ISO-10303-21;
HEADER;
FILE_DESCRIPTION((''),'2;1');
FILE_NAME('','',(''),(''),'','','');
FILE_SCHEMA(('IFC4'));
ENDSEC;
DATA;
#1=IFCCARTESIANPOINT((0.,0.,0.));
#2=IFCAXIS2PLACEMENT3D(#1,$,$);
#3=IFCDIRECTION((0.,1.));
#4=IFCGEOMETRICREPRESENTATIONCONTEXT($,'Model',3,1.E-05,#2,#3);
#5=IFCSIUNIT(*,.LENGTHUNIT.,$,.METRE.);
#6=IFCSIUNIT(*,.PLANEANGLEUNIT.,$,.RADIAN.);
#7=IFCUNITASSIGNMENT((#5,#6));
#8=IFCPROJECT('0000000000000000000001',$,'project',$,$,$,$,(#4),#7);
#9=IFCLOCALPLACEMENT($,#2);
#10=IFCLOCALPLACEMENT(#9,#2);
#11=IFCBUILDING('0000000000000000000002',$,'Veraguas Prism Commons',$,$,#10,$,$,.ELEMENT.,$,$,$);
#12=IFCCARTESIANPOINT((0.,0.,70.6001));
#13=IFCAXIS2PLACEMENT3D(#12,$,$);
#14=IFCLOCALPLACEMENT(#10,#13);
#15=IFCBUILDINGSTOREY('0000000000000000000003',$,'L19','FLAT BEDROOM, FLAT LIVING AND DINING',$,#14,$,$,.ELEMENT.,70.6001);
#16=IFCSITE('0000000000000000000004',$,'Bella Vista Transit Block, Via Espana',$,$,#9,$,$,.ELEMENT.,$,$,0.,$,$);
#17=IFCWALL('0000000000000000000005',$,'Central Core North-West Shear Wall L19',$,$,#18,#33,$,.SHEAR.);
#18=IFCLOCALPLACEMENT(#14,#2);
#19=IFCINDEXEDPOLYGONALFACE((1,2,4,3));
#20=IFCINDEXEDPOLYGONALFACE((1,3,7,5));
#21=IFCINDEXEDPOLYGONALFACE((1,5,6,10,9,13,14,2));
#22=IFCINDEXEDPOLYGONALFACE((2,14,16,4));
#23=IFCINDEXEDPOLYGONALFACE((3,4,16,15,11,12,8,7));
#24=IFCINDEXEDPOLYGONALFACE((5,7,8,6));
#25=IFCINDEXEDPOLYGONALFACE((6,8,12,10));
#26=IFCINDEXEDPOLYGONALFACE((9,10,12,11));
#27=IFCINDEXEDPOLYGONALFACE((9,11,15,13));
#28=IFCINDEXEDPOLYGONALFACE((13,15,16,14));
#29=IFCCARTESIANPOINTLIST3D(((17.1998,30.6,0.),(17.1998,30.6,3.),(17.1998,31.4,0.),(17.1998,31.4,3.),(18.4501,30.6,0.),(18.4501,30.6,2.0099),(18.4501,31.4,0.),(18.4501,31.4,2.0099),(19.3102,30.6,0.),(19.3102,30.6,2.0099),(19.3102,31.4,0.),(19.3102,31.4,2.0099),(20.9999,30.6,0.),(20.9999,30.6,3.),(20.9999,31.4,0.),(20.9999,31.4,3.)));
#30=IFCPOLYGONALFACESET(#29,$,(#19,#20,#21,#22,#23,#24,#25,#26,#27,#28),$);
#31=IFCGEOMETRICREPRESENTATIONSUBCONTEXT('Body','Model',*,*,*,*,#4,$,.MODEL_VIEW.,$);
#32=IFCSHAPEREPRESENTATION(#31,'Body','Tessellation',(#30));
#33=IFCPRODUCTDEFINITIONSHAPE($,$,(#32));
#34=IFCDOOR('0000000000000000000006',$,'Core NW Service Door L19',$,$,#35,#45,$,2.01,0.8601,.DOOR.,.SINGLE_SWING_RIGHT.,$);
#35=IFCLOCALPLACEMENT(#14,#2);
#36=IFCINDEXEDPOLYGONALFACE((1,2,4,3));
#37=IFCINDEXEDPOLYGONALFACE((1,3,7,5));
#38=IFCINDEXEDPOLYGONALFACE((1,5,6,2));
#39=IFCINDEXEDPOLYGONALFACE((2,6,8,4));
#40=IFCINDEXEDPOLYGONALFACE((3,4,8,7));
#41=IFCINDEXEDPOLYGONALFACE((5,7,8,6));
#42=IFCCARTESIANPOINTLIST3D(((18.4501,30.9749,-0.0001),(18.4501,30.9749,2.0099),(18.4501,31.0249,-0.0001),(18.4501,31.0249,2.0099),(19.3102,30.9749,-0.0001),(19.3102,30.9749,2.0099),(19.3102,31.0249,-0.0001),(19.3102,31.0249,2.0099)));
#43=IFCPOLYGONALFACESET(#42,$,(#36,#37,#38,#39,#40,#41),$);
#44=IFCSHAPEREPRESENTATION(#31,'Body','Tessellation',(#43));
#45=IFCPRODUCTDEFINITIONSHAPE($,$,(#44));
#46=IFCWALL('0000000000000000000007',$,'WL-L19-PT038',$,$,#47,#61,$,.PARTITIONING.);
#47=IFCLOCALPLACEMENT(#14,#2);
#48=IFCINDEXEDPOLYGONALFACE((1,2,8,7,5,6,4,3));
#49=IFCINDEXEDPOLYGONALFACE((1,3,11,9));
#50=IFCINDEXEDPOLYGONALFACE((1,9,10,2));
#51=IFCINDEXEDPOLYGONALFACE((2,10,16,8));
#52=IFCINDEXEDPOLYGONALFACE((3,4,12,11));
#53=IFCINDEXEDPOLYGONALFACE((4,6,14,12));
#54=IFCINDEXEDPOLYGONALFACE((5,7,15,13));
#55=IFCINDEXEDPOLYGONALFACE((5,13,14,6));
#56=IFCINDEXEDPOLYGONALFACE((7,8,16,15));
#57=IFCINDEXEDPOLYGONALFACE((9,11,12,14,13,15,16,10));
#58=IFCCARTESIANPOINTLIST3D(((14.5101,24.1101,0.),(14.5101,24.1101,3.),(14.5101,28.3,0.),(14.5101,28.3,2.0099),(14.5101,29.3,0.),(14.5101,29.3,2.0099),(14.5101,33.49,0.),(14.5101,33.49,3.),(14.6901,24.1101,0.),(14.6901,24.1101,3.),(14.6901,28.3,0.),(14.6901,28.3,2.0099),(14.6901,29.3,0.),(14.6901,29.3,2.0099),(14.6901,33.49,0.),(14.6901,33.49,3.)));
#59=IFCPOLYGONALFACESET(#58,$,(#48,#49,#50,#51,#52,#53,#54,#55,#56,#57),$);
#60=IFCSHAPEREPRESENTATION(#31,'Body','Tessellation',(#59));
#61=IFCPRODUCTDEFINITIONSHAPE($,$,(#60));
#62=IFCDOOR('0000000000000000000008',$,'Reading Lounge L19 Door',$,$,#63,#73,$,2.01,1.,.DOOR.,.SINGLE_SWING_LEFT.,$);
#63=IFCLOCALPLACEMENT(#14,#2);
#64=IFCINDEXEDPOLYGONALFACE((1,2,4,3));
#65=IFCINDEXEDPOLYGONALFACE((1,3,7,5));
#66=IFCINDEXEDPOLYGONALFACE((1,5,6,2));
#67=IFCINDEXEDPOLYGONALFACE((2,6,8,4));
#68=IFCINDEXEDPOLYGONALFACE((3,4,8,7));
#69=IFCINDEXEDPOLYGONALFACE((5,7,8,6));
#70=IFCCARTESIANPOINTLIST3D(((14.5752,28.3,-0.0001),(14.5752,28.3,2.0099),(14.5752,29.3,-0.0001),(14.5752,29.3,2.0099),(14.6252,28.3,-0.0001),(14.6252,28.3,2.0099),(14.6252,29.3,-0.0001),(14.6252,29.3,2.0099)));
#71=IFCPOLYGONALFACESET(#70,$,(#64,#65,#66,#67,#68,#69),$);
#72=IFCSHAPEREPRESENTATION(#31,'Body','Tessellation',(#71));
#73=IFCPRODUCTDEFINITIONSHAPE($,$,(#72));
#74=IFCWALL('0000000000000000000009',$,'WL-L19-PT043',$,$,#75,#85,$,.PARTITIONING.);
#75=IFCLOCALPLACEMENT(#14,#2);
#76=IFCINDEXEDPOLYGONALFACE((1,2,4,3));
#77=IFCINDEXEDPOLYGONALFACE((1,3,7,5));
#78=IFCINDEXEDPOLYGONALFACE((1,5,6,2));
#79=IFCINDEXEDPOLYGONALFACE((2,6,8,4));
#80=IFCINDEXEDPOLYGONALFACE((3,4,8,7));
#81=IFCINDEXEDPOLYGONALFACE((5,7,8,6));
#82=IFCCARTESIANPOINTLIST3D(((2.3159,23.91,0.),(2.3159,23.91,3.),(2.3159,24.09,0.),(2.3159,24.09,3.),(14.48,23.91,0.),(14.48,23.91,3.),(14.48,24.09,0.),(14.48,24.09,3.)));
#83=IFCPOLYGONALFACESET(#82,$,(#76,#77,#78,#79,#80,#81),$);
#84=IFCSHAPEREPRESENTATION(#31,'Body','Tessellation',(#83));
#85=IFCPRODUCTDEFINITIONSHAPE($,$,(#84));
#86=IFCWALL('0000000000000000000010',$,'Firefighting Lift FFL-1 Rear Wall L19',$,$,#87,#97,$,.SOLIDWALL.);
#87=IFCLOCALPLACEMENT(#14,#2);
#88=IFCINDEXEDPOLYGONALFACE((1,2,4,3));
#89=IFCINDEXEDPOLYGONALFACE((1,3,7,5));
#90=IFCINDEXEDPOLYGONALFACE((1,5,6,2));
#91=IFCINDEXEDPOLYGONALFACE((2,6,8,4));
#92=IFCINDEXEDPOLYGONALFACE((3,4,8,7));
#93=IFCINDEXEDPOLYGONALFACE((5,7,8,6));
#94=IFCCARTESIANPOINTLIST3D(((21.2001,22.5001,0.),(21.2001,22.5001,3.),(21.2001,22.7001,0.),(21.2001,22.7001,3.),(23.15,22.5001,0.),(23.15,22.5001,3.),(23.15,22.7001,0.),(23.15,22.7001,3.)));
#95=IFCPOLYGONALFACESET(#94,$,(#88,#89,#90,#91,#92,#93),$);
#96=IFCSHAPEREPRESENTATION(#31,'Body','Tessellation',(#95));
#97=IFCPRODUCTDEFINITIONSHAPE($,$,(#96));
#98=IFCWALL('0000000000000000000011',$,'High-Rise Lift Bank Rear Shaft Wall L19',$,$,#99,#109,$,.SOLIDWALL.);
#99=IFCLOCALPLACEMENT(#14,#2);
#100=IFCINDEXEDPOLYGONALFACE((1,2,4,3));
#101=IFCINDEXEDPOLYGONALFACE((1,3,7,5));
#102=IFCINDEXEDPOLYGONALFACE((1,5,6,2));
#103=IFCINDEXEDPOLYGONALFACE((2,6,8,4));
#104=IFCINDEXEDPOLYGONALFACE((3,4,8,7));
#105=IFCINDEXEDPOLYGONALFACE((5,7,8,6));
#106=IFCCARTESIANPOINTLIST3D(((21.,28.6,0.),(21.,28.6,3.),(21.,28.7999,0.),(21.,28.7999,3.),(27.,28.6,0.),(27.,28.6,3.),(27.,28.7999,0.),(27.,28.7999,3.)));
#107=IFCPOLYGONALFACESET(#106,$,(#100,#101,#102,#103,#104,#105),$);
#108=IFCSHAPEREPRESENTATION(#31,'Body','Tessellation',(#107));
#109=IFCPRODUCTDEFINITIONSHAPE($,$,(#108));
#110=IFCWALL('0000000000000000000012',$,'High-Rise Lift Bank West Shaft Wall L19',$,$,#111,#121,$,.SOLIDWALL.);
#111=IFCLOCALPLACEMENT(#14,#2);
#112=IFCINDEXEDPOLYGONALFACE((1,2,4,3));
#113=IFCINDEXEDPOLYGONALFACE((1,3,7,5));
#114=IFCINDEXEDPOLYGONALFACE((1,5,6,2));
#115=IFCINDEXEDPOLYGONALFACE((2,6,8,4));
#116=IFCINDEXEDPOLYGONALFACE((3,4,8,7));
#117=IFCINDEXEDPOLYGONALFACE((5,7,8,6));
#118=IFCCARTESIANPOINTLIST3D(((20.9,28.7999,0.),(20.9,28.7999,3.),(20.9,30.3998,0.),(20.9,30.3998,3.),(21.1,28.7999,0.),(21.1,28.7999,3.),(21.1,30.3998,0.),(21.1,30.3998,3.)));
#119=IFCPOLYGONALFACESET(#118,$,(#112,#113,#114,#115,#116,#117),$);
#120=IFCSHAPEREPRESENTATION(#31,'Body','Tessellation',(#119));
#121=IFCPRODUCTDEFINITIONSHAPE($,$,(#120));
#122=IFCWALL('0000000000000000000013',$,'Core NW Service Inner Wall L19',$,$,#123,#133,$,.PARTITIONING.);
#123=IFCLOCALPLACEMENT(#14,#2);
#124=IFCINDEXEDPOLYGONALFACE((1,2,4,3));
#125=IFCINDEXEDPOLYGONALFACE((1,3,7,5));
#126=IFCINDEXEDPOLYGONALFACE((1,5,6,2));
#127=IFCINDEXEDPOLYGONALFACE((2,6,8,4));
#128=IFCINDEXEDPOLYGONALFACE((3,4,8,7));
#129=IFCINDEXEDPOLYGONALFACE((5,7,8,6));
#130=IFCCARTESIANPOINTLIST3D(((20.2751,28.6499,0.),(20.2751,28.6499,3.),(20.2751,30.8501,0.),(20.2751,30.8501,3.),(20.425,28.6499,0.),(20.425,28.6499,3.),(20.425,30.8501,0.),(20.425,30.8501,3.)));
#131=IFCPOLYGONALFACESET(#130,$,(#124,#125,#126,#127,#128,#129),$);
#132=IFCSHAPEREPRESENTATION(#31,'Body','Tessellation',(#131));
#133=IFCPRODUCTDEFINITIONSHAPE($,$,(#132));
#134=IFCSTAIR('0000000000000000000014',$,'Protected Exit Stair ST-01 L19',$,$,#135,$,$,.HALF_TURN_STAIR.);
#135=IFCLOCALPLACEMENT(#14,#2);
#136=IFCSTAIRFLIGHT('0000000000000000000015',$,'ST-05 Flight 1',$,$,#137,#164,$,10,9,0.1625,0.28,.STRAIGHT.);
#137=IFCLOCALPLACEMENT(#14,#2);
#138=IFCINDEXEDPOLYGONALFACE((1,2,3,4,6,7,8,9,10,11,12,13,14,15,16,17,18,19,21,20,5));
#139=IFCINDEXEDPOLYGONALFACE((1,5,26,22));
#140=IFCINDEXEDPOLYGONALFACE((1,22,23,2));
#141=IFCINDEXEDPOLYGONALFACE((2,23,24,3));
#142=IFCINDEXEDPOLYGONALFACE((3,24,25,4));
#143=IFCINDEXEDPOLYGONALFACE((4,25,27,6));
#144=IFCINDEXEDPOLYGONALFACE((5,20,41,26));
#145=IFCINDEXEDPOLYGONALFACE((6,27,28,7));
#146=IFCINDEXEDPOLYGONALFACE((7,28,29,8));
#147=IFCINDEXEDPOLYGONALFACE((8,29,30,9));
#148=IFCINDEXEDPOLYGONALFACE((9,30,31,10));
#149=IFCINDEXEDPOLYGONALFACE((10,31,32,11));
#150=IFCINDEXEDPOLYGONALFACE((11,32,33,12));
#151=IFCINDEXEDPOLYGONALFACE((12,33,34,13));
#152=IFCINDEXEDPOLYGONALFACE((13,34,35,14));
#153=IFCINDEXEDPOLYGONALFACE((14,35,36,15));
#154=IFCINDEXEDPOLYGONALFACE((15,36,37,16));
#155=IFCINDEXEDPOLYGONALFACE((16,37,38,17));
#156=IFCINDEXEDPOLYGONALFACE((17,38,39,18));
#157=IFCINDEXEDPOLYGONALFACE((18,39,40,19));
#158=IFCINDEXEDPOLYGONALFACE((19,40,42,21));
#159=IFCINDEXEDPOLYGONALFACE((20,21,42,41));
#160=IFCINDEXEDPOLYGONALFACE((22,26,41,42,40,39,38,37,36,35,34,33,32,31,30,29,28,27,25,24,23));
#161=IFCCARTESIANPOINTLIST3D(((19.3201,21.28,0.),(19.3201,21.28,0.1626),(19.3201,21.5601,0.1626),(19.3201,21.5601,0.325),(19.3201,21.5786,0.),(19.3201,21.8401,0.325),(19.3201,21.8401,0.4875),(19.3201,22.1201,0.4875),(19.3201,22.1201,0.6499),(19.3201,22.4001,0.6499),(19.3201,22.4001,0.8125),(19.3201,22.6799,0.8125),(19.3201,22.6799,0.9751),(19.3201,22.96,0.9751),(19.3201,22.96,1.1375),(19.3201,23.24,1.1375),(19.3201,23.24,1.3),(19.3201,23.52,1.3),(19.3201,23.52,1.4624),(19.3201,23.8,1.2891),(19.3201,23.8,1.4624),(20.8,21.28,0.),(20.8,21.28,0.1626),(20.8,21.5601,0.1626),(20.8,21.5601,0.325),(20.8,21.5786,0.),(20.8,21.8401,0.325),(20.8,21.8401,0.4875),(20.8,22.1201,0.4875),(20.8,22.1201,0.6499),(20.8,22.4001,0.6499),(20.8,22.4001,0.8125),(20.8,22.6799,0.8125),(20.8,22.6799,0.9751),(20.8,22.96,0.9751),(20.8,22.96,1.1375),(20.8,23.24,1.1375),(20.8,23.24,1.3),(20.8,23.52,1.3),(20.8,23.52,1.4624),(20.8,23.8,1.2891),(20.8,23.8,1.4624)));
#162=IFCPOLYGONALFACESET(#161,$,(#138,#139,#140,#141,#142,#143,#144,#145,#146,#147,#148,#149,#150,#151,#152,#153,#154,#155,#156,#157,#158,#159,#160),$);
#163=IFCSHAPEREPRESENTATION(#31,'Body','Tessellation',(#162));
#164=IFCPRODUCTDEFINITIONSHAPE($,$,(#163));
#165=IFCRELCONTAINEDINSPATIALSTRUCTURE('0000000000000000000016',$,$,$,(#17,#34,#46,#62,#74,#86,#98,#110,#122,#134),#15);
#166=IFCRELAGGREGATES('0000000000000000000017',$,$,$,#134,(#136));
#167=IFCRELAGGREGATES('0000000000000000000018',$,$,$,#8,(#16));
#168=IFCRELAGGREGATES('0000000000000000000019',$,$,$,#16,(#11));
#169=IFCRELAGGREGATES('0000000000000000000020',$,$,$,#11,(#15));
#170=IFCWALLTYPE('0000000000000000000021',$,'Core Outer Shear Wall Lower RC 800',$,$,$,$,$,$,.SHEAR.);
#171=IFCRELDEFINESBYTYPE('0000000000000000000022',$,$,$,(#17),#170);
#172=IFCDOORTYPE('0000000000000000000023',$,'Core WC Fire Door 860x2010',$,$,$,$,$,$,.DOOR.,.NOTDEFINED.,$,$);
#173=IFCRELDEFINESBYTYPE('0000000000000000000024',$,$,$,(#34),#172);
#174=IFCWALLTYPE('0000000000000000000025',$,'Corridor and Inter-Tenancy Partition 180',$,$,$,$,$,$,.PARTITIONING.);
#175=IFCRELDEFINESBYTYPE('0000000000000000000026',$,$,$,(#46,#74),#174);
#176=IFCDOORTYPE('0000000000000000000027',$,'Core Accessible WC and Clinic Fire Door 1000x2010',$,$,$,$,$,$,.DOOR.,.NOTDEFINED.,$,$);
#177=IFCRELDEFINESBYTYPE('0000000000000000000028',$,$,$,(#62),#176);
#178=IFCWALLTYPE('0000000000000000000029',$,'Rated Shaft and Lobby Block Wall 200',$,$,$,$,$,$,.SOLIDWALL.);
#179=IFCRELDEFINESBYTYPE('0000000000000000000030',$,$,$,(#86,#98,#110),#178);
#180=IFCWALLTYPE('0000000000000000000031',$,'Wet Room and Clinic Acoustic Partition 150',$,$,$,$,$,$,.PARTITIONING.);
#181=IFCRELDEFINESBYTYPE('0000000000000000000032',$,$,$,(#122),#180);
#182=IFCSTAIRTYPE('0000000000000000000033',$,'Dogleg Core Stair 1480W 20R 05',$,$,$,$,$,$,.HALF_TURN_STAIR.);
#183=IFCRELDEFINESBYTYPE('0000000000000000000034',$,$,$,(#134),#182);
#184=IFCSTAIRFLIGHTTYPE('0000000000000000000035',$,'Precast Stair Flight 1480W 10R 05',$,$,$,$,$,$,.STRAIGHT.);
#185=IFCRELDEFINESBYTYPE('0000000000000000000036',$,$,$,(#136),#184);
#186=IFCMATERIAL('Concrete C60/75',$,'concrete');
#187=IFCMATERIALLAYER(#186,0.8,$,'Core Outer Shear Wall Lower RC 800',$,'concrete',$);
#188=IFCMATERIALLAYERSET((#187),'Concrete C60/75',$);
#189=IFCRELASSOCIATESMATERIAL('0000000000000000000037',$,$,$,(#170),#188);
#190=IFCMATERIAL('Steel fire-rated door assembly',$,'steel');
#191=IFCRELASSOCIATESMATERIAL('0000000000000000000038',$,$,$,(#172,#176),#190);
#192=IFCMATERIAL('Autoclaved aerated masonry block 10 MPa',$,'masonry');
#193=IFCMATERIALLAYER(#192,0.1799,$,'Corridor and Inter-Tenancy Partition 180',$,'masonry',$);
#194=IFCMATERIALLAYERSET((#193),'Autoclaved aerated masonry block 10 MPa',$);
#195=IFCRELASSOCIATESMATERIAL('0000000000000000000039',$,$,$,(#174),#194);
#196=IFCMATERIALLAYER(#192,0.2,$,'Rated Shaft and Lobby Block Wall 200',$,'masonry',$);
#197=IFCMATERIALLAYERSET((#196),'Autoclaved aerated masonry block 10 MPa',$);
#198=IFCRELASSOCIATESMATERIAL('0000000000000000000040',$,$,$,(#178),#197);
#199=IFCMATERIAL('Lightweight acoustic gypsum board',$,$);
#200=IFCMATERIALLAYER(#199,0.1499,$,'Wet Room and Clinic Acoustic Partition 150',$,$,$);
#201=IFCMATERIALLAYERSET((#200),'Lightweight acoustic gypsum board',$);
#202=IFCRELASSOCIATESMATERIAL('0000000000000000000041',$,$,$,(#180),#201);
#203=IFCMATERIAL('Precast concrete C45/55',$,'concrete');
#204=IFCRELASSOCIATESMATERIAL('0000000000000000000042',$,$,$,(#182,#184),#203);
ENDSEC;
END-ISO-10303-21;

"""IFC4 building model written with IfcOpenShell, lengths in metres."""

from ifc_helpers import new_model, si_unit, direction, frame, frame_2d, origin, place, context, subcontext, project, spatial, polyline, rectangle, outline, extrude, source, transform, mapped, material, layer, layer_set, type_object, element, fill, aggregate, save


model = new_model("IFC4")

# Units and contexts
model_context = context("Model", 3, precision=1e-05, world=origin(), true_north=direction((0.0, 1.0)))
body_context = subcontext(model_context, "Body", "Model", "MODEL_VIEW")
ifc_project = project(units=[si_unit("LENGTHUNIT", "METRE"), si_unit("PLANEANGLEUNIT", "RADIAN")], contexts=[model_context])

# Site, building, storey
site_placement = place(None, origin())
site = spatial("IfcSite", under=ifc_project, at=site_placement, Name="Bella Vista Transit Block, Via Espana", CompositionType="ELEMENT", RefElevation=0.0)
building_placement = place(site_placement, origin())
building = spatial("IfcBuilding", under=site, at=building_placement, Name="Veraguas Prism Commons", CompositionType="ELEMENT")
storey_placement = place(building_placement, frame((0.0, 0.0, 70.6001)))
storey = spatial("IfcBuildingStorey", under=building, at=storey_placement, Name="L19", Description="FLAT BEDROOM, FLAT LIVING AND DINING", CompositionType="ELEMENT", Elevation=70.6001)

# Shared definitions
ifc_material_1 = material(Name="Concrete C60/75", Category="concrete")

# Walls, openings, doors
ifc_layer_1 = layer(ifc_material_1, 0.8, Name="Core Outer Shear Wall Lower RC 800", Category="concrete")
ifc_layer_set_1 = layer_set([ifc_layer_1], Name="Concrete C60/75")
wall_type_1 = type_object("IfcWallType", Name="Core Outer Shear Wall Lower RC 800", PredefinedType="SHEAR", material=ifc_layer_set_1)
wall_1_placement = place(storey_placement, frame((17.2, 31.0, 0.0), z_axis=(0.0, 0.0, 1.0), x_axis=(1.0, 0.0, 0.0)))
wall_1 = element("IfcWall", 1, at=wall_1_placement, inside=storey, type_object=wall_type_1, Name="Central Core North-West Shear Wall L19", PredefinedType="SHEAR", context=body_context, shape_type="SweptSolid", body=[
    extrude(rectangle(XDim=3.8, YDim=0.8, at=frame_2d((1.8999, 0.0))), origin(), (0.0, 0.0, 1.0), 3.0),
])
opening_1_placement = place(wall_1_placement, frame((1.25, 0.0, 0.0)))
opening_1 = element("IfcOpeningElement", 2, at=opening_1_placement, cuts=wall_1, PredefinedType="OPENING", context=body_context, shape_type="SweptSolid", body=[
    extrude(rectangle(XDim=0.8601, YDim=2.01, at=frame_2d((0.4302, 1.0049))), frame((0.0, 0.4099, 0.0), z_axis=(0.0, -1.0, 0.0), x_axis=(1.0, 0.0, 0.0)), (0.0, 0.0, 1.0), 0.8201),
])
ifc_material_2 = material(Name="Steel fire-rated door assembly", Category="steel")
door_type_1 = type_object("IfcDoorType", Name="Core WC Fire Door 860x2010", OperationType="NOTDEFINED", PredefinedType="DOOR", material=ifc_material_2)
shared_shape_1 = source(origin(), body_context, "Body", "SweptSolid", [
    extrude(rectangle(XDim=0.8601, YDim=2.01, at=frame_2d((0.4302, 1.0049))), frame((0.0, 0.0249, 0.0), z_axis=(0.0, -1.0, 0.0), x_axis=(1.0, 0.0, 0.0)), (0.0, 0.0, 1.0), 0.05),
])
door_1_placement = place(opening_1_placement, origin())
door_1 = element("IfcDoor", 3, at=door_1_placement, inside=storey, type_object=door_type_1, Name="Core NW Service Door L19", OperationType="SINGLE_SWING_RIGHT", OverallHeight=2.01, OverallWidth=0.8601, PredefinedType="DOOR", context=body_context, shape_type="MappedRepresentation", body=[
    mapped(shared_shape_1, transform((0.0, 0.0, 0.0), scale=1.0)),
])
fill(opening_1, door_1)
ifc_material_3 = material(Name="Autoclaved aerated masonry block 10 MPa", Category="masonry")
ifc_layer_2 = layer(ifc_material_3, 0.1799, Name="Corridor and Inter-Tenancy Partition 180", Category="masonry")
ifc_layer_set_2 = layer_set([ifc_layer_2], Name="Autoclaved aerated masonry block 10 MPa")
wall_type_2 = type_object("IfcWallType", Name="Corridor and Inter-Tenancy Partition 180", PredefinedType="PARTITIONING", material=ifc_layer_set_2)
wall_2_placement = place(storey_placement, frame((14.6001, 24.1101, 0.0), z_axis=(0.0, 0.0, 1.0), x_axis=(0.0, 1.0, 0.0)))
wall_2 = element("IfcWall", 4, at=wall_2_placement, inside=storey, type_object=wall_type_2, Name="WL-L19-PT038", PredefinedType="PARTITIONING", context=body_context, shape_type="SweptSolid", body=[
    extrude(rectangle(XDim=9.3799, YDim=0.1799, at=frame_2d((4.6899, 0.0))), origin(), (0.0, 0.0, 1.0), 3.0),
])
opening_2_placement = place(wall_2_placement, frame((4.1899, 0.0, 0.0)))
opening_2 = element("IfcOpeningElement", 5, at=opening_2_placement, cuts=wall_2, PredefinedType="OPENING", context=body_context, shape_type="SweptSolid", body=[
    extrude(rectangle(XDim=1.0, YDim=2.01, at=frame_2d((0.5, 1.0049))), frame((0.0, 0.0999, 0.0), z_axis=(0.0, -1.0, 0.0), x_axis=(1.0, 0.0, 0.0)), (0.0, 0.0, 1.0), 0.2),
])
door_type_2 = type_object("IfcDoorType", Name="Core Accessible WC and Clinic Fire Door 1000x2010", OperationType="NOTDEFINED", PredefinedType="DOOR", material=ifc_material_2)
shared_shape_2 = source(origin(), body_context, "Body", "SweptSolid", [
    extrude(rectangle(XDim=1.0, YDim=2.01, at=frame_2d((0.5, 1.0049))), frame((0.0, 0.0249, 0.0), z_axis=(0.0, -1.0, 0.0), x_axis=(1.0, 0.0, 0.0)), (0.0, 0.0, 1.0), 0.05),
])
door_2_placement = place(opening_2_placement, origin())
door_2 = element("IfcDoor", 6, at=door_2_placement, inside=storey, type_object=door_type_2, Name="Reading Lounge L19 Door", OperationType="SINGLE_SWING_LEFT", OverallHeight=2.01, OverallWidth=1.0, PredefinedType="DOOR", context=body_context, shape_type="MappedRepresentation", body=[
    mapped(shared_shape_2, transform((0.0, 0.0, 0.0), scale=1.0)),
])
fill(opening_2, door_2)

# Walls
wall_3_placement = place(storey_placement, frame((14.48, 24.0, 0.0), z_axis=(0.0, 0.0, 1.0), x_axis=(-1.0, 0.0, 0.0)))
element("IfcWall", 7, at=wall_3_placement, inside=storey, type_object=wall_type_2, Name="WL-L19-PT043", PredefinedType="PARTITIONING", context=body_context, shape_type="SweptSolid", body=[
    extrude(rectangle(XDim=12.1641, YDim=0.1799, at=frame_2d((6.082, 0.0))), origin(), (0.0, 0.0, 1.0), 3.0),
])
ifc_layer_3 = layer(ifc_material_3, 0.2, Name="Rated Shaft and Lobby Block Wall 200", Category="masonry")
ifc_layer_set_3 = layer_set([ifc_layer_3], Name="Autoclaved aerated masonry block 10 MPa")
wall_type_3 = type_object("IfcWallType", Name="Rated Shaft and Lobby Block Wall 200", PredefinedType="SOLIDWALL", material=ifc_layer_set_3)
wall_4_placement = place(storey_placement, frame((21.2, 22.6001, 0.0), z_axis=(0.0, 0.0, 1.0), x_axis=(1.0, 0.0, 0.0)))
element("IfcWall", 8, at=wall_4_placement, inside=storey, type_object=wall_type_3, Name="Firefighting Lift FFL-1 Rear Wall L19", PredefinedType="SOLIDWALL", context=body_context, shape_type="SweptSolid", body=[
    extrude(rectangle(XDim=1.95, YDim=0.2, at=frame_2d((0.9751, 0.0))), origin(), (0.0, 0.0, 1.0), 3.0),
])
wall_5_placement = place(storey_placement, frame((21.0, 28.7, 0.0), z_axis=(0.0, 0.0, 1.0), x_axis=(1.0, 0.0, 0.0)))
element("IfcWall", 9, at=wall_5_placement, inside=storey, type_object=wall_type_3, Name="High-Rise Lift Bank Rear Shaft Wall L19", PredefinedType="SOLIDWALL", context=body_context, shape_type="SweptSolid", body=[
    extrude(rectangle(XDim=6.0, YDim=0.2, at=frame_2d((3.0, 0.0))), origin(), (0.0, 0.0, 1.0), 3.0),
])
wall_6_placement = place(storey_placement, frame((21.0, 28.8, 0.0), z_axis=(0.0, 0.0, 1.0), x_axis=(0.0, 1.0, 0.0)))
element("IfcWall", 10, at=wall_6_placement, inside=storey, type_object=wall_type_3, Name="High-Rise Lift Bank West Shaft Wall L19", PredefinedType="SOLIDWALL", context=body_context, shape_type="SweptSolid", body=[
    extrude(rectangle(XDim=1.5999, YDim=0.2, at=frame_2d((0.7998, 0.0))), origin(), (0.0, 0.0, 1.0), 3.0),
])
ifc_material_4 = material(Name="Lightweight acoustic gypsum board")
ifc_layer_4 = layer(ifc_material_4, 0.1499, Name="Wet Room and Clinic Acoustic Partition 150")
ifc_layer_set_4 = layer_set([ifc_layer_4], Name="Lightweight acoustic gypsum board")
wall_type_4 = type_object("IfcWallType", Name="Wet Room and Clinic Acoustic Partition 150", PredefinedType="PARTITIONING", material=ifc_layer_set_4)
wall_7_placement = place(storey_placement, frame((20.3501, 28.6499, 0.0), z_axis=(0.0, 0.0, 1.0), x_axis=(0.0, 1.0, 0.0)))
element("IfcWall", 11, at=wall_7_placement, inside=storey, type_object=wall_type_4, Name="Core NW Service Inner Wall L19", PredefinedType="PARTITIONING", context=body_context, shape_type="SweptSolid", body=[
    extrude(rectangle(XDim=2.2002, YDim=0.1499, at=frame_2d((1.1001, 0.0))), origin(), (0.0, 0.0, 1.0), 3.0),
])

# Stair, stair flight
ifc_material_5 = material(Name="Precast concrete C45/55", Category="concrete")
stair_type = type_object("IfcStairType", Name="Dogleg Core Stair 1480W 20R 05", PredefinedType="HALF_TURN_STAIR", material=ifc_material_5)
stair_placement = place(storey_placement, origin())
stair = element("IfcStair", 12, at=stair_placement, inside=storey, type_object=stair_type, Name="Protected Exit Stair ST-01 L19", PredefinedType="HALF_TURN_STAIR")
stair_flight_type = type_object("IfcStairFlightType", Name="Precast Stair Flight 1480W 10R 05", PredefinedType="STRAIGHT", material=ifc_material_5)
stair_flight_1_placement = place(storey_placement, frame((20.0601, 21.28, 0.0), z_axis=(0.0, 0.0, 1.0), x_axis=(0.0, 1.0, 0.0)))
stair_flight_1 = element("IfcStairFlight", 13, at=stair_flight_1_placement, type_object=stair_flight_type, Name="ST-05 Flight 1", NumberOfRisers=10, NumberOfTreads=9, PredefinedType="STRAIGHT", RiserHeight=0.1625, TreadLength=0.28, context=body_context, shape_type="SweptSolid", body=[
    extrude(outline(polyline([(0.0, 0.0), (0.0, 0.1626), (0.28, 0.1626), (0.28, 0.325), (0.5601, 0.325), (0.5601, 0.4875), (0.8401, 0.4875), (0.8401, 0.6499), (1.1201, 0.6499), (1.1201, 0.8125), (1.3999, 0.8125), (1.3999, 0.9751), (1.6799, 0.9751), (1.6799, 1.1375), (1.96, 1.1375), (1.96, 1.3), (2.24, 1.3), (2.24, 1.4624), (2.52, 1.4624), (2.52, 1.625), (2.52, 1.2891), (0.2986, 0.0), (0.0, 0.0)])), frame((0.0, 0.74, 0.0), z_axis=(0.0, -1.0, 0.0), x_axis=(1.0, 0.0, 0.0)), (0.0, 0.0, 1.0), 1.48),
])
aggregate(stair, [stair_flight_1])

save(model, "model.ifc")
